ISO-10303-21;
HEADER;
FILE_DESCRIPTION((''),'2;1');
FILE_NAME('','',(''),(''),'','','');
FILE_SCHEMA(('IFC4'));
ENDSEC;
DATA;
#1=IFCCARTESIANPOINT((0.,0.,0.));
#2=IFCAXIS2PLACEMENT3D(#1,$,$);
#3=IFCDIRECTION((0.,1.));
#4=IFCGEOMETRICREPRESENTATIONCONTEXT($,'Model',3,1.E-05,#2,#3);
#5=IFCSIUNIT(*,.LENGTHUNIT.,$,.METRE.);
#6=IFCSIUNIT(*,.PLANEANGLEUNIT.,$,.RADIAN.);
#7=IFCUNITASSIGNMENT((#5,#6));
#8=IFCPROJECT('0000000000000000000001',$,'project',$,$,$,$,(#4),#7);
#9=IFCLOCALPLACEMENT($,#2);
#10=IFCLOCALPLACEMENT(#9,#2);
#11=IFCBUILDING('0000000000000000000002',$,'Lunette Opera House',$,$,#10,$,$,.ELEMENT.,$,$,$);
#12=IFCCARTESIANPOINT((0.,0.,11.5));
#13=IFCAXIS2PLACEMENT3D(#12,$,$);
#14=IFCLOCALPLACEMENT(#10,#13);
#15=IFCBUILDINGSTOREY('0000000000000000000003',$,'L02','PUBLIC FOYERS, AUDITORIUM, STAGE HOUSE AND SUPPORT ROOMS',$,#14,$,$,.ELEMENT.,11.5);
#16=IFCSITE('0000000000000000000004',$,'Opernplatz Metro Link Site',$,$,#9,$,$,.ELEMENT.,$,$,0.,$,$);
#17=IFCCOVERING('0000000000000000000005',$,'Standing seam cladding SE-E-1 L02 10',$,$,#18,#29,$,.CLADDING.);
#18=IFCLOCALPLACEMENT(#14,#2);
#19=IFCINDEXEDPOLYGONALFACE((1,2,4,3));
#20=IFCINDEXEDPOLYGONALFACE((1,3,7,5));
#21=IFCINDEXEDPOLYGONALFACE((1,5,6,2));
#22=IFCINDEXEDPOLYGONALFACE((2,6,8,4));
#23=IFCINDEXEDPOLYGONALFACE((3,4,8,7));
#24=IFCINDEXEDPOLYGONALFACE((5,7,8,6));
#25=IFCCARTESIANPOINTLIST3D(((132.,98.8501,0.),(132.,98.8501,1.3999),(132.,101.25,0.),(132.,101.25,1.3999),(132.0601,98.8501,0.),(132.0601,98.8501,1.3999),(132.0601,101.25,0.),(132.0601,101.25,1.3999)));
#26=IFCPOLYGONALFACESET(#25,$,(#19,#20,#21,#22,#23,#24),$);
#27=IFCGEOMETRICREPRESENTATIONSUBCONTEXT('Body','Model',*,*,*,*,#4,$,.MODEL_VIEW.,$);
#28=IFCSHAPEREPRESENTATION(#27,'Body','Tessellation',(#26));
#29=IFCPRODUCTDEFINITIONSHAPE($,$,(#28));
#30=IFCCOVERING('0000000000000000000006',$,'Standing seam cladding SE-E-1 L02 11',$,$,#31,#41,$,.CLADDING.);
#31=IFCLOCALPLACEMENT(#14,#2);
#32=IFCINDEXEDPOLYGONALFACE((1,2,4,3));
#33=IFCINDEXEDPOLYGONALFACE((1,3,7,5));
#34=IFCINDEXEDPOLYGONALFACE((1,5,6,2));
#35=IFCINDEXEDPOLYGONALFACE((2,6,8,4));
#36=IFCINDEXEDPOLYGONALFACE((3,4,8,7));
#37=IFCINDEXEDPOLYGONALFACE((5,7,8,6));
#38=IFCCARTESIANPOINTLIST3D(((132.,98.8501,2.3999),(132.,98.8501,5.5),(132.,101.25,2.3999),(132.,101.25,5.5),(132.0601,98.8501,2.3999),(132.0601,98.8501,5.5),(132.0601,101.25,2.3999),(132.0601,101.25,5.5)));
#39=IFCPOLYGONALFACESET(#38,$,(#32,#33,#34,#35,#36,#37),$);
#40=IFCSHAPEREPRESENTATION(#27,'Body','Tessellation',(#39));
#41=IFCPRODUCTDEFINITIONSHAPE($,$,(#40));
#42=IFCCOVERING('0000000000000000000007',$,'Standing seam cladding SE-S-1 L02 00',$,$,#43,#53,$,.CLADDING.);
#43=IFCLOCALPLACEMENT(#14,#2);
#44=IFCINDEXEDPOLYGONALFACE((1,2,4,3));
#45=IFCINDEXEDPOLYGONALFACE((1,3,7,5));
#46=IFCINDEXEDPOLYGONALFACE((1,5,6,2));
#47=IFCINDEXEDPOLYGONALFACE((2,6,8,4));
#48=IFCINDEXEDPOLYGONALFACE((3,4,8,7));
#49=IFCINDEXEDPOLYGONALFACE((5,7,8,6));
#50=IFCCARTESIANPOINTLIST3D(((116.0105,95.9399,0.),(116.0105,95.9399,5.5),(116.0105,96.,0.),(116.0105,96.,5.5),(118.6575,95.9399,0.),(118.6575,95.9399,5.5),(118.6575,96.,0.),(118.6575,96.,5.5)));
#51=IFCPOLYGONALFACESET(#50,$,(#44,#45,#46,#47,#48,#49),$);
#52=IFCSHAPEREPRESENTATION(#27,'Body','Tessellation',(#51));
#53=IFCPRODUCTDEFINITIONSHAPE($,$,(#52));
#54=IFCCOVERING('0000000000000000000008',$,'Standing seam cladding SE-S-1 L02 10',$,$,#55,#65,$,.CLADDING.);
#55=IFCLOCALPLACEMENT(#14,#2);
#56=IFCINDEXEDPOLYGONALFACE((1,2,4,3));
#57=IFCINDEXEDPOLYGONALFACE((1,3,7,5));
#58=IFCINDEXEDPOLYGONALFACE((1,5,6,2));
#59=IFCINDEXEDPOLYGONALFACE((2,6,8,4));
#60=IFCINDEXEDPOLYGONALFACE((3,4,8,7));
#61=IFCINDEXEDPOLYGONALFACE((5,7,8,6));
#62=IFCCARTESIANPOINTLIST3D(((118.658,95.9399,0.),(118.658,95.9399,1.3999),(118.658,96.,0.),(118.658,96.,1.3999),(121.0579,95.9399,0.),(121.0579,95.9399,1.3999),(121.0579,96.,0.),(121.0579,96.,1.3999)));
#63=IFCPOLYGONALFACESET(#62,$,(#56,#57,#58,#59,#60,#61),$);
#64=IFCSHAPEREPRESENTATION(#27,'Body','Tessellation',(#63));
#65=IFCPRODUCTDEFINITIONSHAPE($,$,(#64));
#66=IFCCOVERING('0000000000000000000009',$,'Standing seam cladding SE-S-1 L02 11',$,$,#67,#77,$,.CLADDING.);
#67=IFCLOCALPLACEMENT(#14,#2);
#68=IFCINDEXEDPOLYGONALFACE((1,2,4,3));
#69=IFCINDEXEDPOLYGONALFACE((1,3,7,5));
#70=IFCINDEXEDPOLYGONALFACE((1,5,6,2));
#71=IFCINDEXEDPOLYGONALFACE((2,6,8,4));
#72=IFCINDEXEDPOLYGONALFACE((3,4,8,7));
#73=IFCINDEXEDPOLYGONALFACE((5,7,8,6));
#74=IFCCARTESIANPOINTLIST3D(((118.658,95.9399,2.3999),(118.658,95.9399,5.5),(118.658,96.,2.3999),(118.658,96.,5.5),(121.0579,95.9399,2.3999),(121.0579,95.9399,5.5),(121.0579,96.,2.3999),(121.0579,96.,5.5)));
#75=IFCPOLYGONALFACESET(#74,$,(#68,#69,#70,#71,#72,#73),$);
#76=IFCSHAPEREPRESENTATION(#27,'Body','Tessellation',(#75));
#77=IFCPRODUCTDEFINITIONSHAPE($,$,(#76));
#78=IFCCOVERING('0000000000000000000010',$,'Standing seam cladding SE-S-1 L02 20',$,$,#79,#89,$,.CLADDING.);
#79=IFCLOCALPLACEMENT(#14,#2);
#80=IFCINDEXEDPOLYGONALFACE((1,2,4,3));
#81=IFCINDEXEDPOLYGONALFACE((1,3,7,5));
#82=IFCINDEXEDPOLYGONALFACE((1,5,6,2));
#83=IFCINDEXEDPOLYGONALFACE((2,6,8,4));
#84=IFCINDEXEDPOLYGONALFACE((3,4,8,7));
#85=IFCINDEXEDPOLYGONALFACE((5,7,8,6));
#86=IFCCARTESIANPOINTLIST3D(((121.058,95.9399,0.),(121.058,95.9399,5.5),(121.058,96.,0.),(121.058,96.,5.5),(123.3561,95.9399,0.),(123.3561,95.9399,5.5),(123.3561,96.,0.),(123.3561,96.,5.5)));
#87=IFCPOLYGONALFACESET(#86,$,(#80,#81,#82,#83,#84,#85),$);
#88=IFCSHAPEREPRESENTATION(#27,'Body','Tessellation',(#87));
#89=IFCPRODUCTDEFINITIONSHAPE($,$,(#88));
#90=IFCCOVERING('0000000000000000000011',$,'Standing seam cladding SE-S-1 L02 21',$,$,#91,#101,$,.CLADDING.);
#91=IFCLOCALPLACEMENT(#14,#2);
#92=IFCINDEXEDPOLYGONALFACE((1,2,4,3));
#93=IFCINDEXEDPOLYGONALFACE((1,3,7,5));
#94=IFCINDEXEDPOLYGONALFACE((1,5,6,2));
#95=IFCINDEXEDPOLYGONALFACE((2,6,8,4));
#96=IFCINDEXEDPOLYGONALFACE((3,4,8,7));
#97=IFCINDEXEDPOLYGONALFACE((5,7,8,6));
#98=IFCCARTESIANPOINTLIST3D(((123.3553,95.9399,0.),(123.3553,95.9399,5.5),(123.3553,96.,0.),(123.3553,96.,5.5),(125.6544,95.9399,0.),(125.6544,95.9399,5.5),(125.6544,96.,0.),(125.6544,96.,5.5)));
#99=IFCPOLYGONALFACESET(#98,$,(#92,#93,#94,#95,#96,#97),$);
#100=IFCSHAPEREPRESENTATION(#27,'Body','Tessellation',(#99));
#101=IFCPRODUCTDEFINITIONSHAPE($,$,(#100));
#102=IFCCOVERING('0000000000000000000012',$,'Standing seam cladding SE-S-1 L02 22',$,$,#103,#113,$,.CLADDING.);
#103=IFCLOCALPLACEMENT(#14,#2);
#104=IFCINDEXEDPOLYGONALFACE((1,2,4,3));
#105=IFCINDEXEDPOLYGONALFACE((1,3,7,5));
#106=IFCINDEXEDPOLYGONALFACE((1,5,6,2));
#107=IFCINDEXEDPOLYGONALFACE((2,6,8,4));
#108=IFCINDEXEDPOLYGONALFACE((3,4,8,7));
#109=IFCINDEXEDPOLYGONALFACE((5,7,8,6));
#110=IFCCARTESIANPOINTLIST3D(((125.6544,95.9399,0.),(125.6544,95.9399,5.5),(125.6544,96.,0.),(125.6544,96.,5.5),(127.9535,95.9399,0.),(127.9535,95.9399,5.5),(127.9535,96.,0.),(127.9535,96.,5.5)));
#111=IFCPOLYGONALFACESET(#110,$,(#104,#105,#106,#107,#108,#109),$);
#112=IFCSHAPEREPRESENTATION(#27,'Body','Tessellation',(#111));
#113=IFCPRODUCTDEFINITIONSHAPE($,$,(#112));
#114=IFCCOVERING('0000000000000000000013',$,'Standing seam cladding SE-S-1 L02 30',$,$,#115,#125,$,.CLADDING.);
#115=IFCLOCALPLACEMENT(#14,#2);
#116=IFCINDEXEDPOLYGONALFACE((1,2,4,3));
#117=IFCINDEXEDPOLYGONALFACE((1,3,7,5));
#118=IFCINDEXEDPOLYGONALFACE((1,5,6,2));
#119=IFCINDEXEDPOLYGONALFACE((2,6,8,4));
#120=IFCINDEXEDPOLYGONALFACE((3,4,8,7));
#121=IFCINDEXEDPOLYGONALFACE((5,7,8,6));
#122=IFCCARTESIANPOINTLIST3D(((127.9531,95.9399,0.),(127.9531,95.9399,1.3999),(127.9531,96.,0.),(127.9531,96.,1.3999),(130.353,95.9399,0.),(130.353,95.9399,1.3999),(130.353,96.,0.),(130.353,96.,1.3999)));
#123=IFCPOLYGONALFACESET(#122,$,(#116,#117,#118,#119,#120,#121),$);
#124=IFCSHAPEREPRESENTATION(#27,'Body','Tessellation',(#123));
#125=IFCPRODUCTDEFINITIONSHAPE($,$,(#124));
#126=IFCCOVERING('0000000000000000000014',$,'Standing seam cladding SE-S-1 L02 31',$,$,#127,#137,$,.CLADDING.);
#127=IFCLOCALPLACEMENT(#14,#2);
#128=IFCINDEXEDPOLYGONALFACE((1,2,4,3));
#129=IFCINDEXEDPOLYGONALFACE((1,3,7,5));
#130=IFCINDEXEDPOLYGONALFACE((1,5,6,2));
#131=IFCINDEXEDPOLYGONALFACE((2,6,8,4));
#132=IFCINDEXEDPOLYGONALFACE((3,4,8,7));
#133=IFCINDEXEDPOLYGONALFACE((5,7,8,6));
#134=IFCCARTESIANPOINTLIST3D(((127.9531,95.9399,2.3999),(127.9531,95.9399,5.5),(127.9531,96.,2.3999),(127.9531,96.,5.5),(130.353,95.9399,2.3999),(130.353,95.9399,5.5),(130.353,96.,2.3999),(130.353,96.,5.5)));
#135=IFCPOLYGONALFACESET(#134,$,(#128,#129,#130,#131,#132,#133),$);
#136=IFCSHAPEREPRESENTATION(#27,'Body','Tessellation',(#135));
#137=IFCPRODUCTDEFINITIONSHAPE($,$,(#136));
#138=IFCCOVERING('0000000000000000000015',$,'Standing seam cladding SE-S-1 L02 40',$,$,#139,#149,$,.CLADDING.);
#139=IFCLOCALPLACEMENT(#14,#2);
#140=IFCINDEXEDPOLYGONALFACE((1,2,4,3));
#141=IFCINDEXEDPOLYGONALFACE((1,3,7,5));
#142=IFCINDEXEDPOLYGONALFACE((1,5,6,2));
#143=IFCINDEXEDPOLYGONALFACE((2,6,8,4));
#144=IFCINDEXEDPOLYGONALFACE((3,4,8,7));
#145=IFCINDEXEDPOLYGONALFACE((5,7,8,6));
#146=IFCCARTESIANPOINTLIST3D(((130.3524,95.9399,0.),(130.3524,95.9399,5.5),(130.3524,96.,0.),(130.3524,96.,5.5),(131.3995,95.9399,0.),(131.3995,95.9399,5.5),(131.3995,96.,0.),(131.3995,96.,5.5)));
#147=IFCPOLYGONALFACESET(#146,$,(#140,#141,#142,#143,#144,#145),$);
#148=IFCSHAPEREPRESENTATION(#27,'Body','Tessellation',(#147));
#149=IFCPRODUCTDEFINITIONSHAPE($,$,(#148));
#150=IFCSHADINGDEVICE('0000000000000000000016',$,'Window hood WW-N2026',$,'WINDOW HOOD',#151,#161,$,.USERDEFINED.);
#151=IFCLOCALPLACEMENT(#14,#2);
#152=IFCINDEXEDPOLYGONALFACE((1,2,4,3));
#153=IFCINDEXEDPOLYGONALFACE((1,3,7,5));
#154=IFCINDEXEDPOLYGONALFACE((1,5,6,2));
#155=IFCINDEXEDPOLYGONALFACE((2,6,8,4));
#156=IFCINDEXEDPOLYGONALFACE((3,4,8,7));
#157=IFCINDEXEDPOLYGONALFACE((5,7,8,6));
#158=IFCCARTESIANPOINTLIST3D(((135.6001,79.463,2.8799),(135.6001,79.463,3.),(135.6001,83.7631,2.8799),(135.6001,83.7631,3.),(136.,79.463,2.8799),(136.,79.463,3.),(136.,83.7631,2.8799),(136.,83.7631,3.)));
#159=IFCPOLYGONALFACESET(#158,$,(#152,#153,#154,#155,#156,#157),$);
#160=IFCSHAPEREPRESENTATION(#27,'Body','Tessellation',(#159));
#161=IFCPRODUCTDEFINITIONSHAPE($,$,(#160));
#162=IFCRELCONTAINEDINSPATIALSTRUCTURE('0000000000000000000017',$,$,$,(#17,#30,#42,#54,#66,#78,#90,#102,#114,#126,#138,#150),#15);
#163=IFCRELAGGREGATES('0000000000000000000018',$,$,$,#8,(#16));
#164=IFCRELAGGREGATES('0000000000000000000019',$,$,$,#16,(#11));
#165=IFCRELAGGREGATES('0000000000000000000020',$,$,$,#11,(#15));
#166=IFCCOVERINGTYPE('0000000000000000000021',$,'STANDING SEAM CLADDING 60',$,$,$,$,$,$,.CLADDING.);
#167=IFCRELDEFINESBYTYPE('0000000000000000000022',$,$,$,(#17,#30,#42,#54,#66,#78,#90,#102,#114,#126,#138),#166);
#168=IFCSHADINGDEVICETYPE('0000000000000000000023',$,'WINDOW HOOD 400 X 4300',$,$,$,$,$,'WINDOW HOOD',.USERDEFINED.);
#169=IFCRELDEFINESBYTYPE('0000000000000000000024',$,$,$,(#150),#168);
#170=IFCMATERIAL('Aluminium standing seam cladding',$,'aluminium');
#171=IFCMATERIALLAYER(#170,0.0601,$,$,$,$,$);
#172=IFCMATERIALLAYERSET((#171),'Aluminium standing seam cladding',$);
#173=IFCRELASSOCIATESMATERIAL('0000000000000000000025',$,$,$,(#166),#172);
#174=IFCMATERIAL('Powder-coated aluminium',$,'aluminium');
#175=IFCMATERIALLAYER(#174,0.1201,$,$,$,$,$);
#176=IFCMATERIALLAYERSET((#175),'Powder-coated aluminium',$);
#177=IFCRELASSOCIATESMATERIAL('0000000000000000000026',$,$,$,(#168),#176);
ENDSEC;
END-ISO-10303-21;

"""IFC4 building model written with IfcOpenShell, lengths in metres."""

from ifc_helpers import new_model, si_unit, direction, frame, origin, origin_2d, place, context, subcontext, project, spatial, rectangle, extrude, material, layer, layer_set, type_object, element, save


model = new_model("IFC4")

# Units and contexts
model_context = context("Model", 3, precision=1e-05, world=origin(), true_north=direction((0.0, 1.0)))
body_context = subcontext(model_context, "Body", "Model", "MODEL_VIEW")
ifc_project = project(units=[si_unit("LENGTHUNIT", "METRE"), si_unit("PLANEANGLEUNIT", "RADIAN")], contexts=[model_context])

# Site, building, storey
site_placement = place(None, origin())
site = spatial("IfcSite", under=ifc_project, at=site_placement, Name="Opernplatz Metro Link Site", CompositionType="ELEMENT", RefElevation=0.0)
building_placement = place(site_placement, origin())
building = spatial("IfcBuilding", under=site, at=building_placement, Name="Lunette Opera House", CompositionType="ELEMENT")
storey_placement = place(building_placement, frame((0.0, 0.0, 11.5)))
storey = spatial("IfcBuildingStorey", under=building, at=storey_placement, Name="L02", Description="PUBLIC FOYERS, AUDITORIUM, STAGE HOUSE AND SUPPORT ROOMS", CompositionType="ELEMENT", Elevation=11.5)

# Coverings
ifc_material_1 = material(Name="Aluminium standing seam cladding", Category="aluminium")
ifc_layer_1 = layer(ifc_material_1, 0.0601)
ifc_layer_set_1 = layer_set([ifc_layer_1], Name="Aluminium standing seam cladding")
covering_type_1 = type_object("IfcCoveringType", Name="STANDING SEAM CLADDING 60", PredefinedType="CLADDING", material=ifc_layer_set_1)
covering_1_placement = place(storey_placement, frame((132.03, 100.05, 0.0), z_axis=(0.0, 0.0, 1.0), x_axis=(0.0, 1.0, 0.0)))
element("IfcCovering", 1, at=covering_1_placement, inside=storey, type_object=covering_type_1, Name="Standing seam cladding SE-E-1 L02 10", PredefinedType="CLADDING", context=body_context, shape_type="SweptSolid", body=[
    extrude(rectangle(XDim=2.3999, YDim=0.0601, at=origin_2d()), origin(), (0.0, 0.0, 1.0), 1.3999),
])
covering_2_placement = place(storey_placement, frame((132.03, 100.05, 2.3999), z_axis=(0.0, 0.0, 1.0), x_axis=(0.0, 1.0, 0.0)))
element("IfcCovering", 2, at=covering_2_placement, inside=storey, type_object=covering_type_1, Name="Standing seam cladding SE-E-1 L02 11", PredefinedType="CLADDING", context=body_context, shape_type="SweptSolid", body=[
    extrude(rectangle(XDim=2.3999, YDim=0.0601, at=origin_2d()), origin(), (0.0, 0.0, 1.0), 3.1001),
])
covering_3_placement = place(storey_placement, frame((117.334, 95.97, 0.0), z_axis=(0.0, 0.0, 1.0), x_axis=(1.0, 0.0, 0.0)))
element("IfcCovering", 3, at=covering_3_placement, inside=storey, type_object=covering_type_1, Name="Standing seam cladding SE-S-1 L02 00", PredefinedType="CLADDING", context=body_context, shape_type="SweptSolid", body=[
    extrude(rectangle(XDim=2.647, YDim=0.0601, at=origin_2d()), origin(), (0.0, 0.0, 1.0), 5.5),
])
covering_4_placement = place(storey_placement, frame((119.8579, 95.97, 0.0), z_axis=(0.0, 0.0, 1.0), x_axis=(1.0, 0.0, 0.0)))
element("IfcCovering", 4, at=covering_4_placement, inside=storey, type_object=covering_type_1, Name="Standing seam cladding SE-S-1 L02 10", PredefinedType="CLADDING", context=body_context, shape_type="SweptSolid", body=[
    extrude(rectangle(XDim=2.3999, YDim=0.0601, at=origin_2d()), origin(), (0.0, 0.0, 1.0), 1.3999),
])
covering_5_placement = place(storey_placement, frame((119.8579, 95.97, 2.3999), z_axis=(0.0, 0.0, 1.0), x_axis=(1.0, 0.0, 0.0)))
element("IfcCovering", 5, at=covering_5_placement, inside=storey, type_object=covering_type_1, Name="Standing seam cladding SE-S-1 L02 11", PredefinedType="CLADDING", context=body_context, shape_type="SweptSolid", body=[
    extrude(rectangle(XDim=2.3999, YDim=0.0601, at=origin_2d()), origin(), (0.0, 0.0, 1.0), 3.1001),
])
covering_6_placement = place(storey_placement, frame((122.207, 95.97, 0.0), z_axis=(0.0, 0.0, 1.0), x_axis=(1.0, 0.0, 0.0)))
element("IfcCovering", 6, at=covering_6_placement, inside=storey, type_object=covering_type_1, Name="Standing seam cladding SE-S-1 L02 20", PredefinedType="CLADDING", context=body_context, shape_type="SweptSolid", body=[
    extrude(rectangle(XDim=2.2981, YDim=0.0601, at=origin_2d()), origin(), (0.0, 0.0, 1.0), 5.5),
])
for number, where, z_axis, x_axis, name in (
    (7, (124.5049, 95.97, 0.0), (0.0, 0.0, 1.0), (1.0, 0.0, 0.0), "Standing seam cladding SE-S-1 L02 21"),
    (8, (126.804, 95.97, 0.0), (0.0, 0.0, 1.0), (1.0, 0.0, 0.0), "Standing seam cladding SE-S-1 L02 22"),
):
    element("IfcCovering", number, at=place(storey_placement, frame(where, z_axis=z_axis, x_axis=x_axis)), inside=storey, type_object=covering_type_1, Name=name, PredefinedType="CLADDING", context=body_context, shape_type="SweptSolid", body=[
        extrude(rectangle(XDim=2.2991, YDim=0.0601, at=origin_2d()), origin(), (0.0, 0.0, 1.0), 5.5),
    ])
covering_7_placement = place(storey_placement, frame((129.1531, 95.97, 0.0), z_axis=(0.0, 0.0, 1.0), x_axis=(1.0, 0.0, 0.0)))
element("IfcCovering", 9, at=covering_7_placement, inside=storey, type_object=covering_type_1, Name="Standing seam cladding SE-S-1 L02 30", PredefinedType="CLADDING", context=body_context, shape_type="SweptSolid", body=[
    extrude(rectangle(XDim=2.3999, YDim=0.0601, at=origin_2d()), origin(), (0.0, 0.0, 1.0), 1.3999),
])
covering_8_placement = place(storey_placement, frame((129.1531, 95.97, 2.3999), z_axis=(0.0, 0.0, 1.0), x_axis=(1.0, 0.0, 0.0)))
element("IfcCovering", 10, at=covering_8_placement, inside=storey, type_object=covering_type_1, Name="Standing seam cladding SE-S-1 L02 31", PredefinedType="CLADDING", context=body_context, shape_type="SweptSolid", body=[
    extrude(rectangle(XDim=2.3999, YDim=0.0601, at=origin_2d()), origin(), (0.0, 0.0, 1.0), 3.1001),
])
covering_9_placement = place(storey_placement, frame((130.876, 95.97, 0.0), z_axis=(0.0, 0.0, 1.0), x_axis=(1.0, 0.0, 0.0)))
element("IfcCovering", 11, at=covering_9_placement, inside=storey, type_object=covering_type_1, Name="Standing seam cladding SE-S-1 L02 40", PredefinedType="CLADDING", context=body_context, shape_type="SweptSolid", body=[
    extrude(rectangle(XDim=1.0471, YDim=0.0601, at=origin_2d()), origin(), (0.0, 0.0, 1.0), 5.5),
])

# Shading device
ifc_material_2 = material(Name="Powder-coated aluminium", Category="aluminium")
ifc_layer_2 = layer(ifc_material_2, 0.1201)
ifc_layer_set_2 = layer_set([ifc_layer_2], Name="Powder-coated aluminium")
shading_device_type = type_object("IfcShadingDeviceType", Name="WINDOW HOOD 400 X 4300", ElementType="WINDOW HOOD", PredefinedType="USERDEFINED", material=ifc_layer_set_2)
shading_device_placement = place(storey_placement, frame((135.8, 81.613, 2.8799), z_axis=(0.0, 0.0, 1.0), x_axis=(-1.0, 0.0, 0.0)))
element("IfcShadingDevice", 12, at=shading_device_placement, inside=storey, type_object=shading_device_type, Name="Window hood WW-N2026", ObjectType="WINDOW HOOD", PredefinedType="USERDEFINED", context=body_context, shape_type="SweptSolid", body=[
    extrude(rectangle(XDim=0.3999, YDim=4.3, at=origin_2d()), origin(), (0.0, 0.0, 1.0), 0.1201),
])

save(model, "model.ifc")
